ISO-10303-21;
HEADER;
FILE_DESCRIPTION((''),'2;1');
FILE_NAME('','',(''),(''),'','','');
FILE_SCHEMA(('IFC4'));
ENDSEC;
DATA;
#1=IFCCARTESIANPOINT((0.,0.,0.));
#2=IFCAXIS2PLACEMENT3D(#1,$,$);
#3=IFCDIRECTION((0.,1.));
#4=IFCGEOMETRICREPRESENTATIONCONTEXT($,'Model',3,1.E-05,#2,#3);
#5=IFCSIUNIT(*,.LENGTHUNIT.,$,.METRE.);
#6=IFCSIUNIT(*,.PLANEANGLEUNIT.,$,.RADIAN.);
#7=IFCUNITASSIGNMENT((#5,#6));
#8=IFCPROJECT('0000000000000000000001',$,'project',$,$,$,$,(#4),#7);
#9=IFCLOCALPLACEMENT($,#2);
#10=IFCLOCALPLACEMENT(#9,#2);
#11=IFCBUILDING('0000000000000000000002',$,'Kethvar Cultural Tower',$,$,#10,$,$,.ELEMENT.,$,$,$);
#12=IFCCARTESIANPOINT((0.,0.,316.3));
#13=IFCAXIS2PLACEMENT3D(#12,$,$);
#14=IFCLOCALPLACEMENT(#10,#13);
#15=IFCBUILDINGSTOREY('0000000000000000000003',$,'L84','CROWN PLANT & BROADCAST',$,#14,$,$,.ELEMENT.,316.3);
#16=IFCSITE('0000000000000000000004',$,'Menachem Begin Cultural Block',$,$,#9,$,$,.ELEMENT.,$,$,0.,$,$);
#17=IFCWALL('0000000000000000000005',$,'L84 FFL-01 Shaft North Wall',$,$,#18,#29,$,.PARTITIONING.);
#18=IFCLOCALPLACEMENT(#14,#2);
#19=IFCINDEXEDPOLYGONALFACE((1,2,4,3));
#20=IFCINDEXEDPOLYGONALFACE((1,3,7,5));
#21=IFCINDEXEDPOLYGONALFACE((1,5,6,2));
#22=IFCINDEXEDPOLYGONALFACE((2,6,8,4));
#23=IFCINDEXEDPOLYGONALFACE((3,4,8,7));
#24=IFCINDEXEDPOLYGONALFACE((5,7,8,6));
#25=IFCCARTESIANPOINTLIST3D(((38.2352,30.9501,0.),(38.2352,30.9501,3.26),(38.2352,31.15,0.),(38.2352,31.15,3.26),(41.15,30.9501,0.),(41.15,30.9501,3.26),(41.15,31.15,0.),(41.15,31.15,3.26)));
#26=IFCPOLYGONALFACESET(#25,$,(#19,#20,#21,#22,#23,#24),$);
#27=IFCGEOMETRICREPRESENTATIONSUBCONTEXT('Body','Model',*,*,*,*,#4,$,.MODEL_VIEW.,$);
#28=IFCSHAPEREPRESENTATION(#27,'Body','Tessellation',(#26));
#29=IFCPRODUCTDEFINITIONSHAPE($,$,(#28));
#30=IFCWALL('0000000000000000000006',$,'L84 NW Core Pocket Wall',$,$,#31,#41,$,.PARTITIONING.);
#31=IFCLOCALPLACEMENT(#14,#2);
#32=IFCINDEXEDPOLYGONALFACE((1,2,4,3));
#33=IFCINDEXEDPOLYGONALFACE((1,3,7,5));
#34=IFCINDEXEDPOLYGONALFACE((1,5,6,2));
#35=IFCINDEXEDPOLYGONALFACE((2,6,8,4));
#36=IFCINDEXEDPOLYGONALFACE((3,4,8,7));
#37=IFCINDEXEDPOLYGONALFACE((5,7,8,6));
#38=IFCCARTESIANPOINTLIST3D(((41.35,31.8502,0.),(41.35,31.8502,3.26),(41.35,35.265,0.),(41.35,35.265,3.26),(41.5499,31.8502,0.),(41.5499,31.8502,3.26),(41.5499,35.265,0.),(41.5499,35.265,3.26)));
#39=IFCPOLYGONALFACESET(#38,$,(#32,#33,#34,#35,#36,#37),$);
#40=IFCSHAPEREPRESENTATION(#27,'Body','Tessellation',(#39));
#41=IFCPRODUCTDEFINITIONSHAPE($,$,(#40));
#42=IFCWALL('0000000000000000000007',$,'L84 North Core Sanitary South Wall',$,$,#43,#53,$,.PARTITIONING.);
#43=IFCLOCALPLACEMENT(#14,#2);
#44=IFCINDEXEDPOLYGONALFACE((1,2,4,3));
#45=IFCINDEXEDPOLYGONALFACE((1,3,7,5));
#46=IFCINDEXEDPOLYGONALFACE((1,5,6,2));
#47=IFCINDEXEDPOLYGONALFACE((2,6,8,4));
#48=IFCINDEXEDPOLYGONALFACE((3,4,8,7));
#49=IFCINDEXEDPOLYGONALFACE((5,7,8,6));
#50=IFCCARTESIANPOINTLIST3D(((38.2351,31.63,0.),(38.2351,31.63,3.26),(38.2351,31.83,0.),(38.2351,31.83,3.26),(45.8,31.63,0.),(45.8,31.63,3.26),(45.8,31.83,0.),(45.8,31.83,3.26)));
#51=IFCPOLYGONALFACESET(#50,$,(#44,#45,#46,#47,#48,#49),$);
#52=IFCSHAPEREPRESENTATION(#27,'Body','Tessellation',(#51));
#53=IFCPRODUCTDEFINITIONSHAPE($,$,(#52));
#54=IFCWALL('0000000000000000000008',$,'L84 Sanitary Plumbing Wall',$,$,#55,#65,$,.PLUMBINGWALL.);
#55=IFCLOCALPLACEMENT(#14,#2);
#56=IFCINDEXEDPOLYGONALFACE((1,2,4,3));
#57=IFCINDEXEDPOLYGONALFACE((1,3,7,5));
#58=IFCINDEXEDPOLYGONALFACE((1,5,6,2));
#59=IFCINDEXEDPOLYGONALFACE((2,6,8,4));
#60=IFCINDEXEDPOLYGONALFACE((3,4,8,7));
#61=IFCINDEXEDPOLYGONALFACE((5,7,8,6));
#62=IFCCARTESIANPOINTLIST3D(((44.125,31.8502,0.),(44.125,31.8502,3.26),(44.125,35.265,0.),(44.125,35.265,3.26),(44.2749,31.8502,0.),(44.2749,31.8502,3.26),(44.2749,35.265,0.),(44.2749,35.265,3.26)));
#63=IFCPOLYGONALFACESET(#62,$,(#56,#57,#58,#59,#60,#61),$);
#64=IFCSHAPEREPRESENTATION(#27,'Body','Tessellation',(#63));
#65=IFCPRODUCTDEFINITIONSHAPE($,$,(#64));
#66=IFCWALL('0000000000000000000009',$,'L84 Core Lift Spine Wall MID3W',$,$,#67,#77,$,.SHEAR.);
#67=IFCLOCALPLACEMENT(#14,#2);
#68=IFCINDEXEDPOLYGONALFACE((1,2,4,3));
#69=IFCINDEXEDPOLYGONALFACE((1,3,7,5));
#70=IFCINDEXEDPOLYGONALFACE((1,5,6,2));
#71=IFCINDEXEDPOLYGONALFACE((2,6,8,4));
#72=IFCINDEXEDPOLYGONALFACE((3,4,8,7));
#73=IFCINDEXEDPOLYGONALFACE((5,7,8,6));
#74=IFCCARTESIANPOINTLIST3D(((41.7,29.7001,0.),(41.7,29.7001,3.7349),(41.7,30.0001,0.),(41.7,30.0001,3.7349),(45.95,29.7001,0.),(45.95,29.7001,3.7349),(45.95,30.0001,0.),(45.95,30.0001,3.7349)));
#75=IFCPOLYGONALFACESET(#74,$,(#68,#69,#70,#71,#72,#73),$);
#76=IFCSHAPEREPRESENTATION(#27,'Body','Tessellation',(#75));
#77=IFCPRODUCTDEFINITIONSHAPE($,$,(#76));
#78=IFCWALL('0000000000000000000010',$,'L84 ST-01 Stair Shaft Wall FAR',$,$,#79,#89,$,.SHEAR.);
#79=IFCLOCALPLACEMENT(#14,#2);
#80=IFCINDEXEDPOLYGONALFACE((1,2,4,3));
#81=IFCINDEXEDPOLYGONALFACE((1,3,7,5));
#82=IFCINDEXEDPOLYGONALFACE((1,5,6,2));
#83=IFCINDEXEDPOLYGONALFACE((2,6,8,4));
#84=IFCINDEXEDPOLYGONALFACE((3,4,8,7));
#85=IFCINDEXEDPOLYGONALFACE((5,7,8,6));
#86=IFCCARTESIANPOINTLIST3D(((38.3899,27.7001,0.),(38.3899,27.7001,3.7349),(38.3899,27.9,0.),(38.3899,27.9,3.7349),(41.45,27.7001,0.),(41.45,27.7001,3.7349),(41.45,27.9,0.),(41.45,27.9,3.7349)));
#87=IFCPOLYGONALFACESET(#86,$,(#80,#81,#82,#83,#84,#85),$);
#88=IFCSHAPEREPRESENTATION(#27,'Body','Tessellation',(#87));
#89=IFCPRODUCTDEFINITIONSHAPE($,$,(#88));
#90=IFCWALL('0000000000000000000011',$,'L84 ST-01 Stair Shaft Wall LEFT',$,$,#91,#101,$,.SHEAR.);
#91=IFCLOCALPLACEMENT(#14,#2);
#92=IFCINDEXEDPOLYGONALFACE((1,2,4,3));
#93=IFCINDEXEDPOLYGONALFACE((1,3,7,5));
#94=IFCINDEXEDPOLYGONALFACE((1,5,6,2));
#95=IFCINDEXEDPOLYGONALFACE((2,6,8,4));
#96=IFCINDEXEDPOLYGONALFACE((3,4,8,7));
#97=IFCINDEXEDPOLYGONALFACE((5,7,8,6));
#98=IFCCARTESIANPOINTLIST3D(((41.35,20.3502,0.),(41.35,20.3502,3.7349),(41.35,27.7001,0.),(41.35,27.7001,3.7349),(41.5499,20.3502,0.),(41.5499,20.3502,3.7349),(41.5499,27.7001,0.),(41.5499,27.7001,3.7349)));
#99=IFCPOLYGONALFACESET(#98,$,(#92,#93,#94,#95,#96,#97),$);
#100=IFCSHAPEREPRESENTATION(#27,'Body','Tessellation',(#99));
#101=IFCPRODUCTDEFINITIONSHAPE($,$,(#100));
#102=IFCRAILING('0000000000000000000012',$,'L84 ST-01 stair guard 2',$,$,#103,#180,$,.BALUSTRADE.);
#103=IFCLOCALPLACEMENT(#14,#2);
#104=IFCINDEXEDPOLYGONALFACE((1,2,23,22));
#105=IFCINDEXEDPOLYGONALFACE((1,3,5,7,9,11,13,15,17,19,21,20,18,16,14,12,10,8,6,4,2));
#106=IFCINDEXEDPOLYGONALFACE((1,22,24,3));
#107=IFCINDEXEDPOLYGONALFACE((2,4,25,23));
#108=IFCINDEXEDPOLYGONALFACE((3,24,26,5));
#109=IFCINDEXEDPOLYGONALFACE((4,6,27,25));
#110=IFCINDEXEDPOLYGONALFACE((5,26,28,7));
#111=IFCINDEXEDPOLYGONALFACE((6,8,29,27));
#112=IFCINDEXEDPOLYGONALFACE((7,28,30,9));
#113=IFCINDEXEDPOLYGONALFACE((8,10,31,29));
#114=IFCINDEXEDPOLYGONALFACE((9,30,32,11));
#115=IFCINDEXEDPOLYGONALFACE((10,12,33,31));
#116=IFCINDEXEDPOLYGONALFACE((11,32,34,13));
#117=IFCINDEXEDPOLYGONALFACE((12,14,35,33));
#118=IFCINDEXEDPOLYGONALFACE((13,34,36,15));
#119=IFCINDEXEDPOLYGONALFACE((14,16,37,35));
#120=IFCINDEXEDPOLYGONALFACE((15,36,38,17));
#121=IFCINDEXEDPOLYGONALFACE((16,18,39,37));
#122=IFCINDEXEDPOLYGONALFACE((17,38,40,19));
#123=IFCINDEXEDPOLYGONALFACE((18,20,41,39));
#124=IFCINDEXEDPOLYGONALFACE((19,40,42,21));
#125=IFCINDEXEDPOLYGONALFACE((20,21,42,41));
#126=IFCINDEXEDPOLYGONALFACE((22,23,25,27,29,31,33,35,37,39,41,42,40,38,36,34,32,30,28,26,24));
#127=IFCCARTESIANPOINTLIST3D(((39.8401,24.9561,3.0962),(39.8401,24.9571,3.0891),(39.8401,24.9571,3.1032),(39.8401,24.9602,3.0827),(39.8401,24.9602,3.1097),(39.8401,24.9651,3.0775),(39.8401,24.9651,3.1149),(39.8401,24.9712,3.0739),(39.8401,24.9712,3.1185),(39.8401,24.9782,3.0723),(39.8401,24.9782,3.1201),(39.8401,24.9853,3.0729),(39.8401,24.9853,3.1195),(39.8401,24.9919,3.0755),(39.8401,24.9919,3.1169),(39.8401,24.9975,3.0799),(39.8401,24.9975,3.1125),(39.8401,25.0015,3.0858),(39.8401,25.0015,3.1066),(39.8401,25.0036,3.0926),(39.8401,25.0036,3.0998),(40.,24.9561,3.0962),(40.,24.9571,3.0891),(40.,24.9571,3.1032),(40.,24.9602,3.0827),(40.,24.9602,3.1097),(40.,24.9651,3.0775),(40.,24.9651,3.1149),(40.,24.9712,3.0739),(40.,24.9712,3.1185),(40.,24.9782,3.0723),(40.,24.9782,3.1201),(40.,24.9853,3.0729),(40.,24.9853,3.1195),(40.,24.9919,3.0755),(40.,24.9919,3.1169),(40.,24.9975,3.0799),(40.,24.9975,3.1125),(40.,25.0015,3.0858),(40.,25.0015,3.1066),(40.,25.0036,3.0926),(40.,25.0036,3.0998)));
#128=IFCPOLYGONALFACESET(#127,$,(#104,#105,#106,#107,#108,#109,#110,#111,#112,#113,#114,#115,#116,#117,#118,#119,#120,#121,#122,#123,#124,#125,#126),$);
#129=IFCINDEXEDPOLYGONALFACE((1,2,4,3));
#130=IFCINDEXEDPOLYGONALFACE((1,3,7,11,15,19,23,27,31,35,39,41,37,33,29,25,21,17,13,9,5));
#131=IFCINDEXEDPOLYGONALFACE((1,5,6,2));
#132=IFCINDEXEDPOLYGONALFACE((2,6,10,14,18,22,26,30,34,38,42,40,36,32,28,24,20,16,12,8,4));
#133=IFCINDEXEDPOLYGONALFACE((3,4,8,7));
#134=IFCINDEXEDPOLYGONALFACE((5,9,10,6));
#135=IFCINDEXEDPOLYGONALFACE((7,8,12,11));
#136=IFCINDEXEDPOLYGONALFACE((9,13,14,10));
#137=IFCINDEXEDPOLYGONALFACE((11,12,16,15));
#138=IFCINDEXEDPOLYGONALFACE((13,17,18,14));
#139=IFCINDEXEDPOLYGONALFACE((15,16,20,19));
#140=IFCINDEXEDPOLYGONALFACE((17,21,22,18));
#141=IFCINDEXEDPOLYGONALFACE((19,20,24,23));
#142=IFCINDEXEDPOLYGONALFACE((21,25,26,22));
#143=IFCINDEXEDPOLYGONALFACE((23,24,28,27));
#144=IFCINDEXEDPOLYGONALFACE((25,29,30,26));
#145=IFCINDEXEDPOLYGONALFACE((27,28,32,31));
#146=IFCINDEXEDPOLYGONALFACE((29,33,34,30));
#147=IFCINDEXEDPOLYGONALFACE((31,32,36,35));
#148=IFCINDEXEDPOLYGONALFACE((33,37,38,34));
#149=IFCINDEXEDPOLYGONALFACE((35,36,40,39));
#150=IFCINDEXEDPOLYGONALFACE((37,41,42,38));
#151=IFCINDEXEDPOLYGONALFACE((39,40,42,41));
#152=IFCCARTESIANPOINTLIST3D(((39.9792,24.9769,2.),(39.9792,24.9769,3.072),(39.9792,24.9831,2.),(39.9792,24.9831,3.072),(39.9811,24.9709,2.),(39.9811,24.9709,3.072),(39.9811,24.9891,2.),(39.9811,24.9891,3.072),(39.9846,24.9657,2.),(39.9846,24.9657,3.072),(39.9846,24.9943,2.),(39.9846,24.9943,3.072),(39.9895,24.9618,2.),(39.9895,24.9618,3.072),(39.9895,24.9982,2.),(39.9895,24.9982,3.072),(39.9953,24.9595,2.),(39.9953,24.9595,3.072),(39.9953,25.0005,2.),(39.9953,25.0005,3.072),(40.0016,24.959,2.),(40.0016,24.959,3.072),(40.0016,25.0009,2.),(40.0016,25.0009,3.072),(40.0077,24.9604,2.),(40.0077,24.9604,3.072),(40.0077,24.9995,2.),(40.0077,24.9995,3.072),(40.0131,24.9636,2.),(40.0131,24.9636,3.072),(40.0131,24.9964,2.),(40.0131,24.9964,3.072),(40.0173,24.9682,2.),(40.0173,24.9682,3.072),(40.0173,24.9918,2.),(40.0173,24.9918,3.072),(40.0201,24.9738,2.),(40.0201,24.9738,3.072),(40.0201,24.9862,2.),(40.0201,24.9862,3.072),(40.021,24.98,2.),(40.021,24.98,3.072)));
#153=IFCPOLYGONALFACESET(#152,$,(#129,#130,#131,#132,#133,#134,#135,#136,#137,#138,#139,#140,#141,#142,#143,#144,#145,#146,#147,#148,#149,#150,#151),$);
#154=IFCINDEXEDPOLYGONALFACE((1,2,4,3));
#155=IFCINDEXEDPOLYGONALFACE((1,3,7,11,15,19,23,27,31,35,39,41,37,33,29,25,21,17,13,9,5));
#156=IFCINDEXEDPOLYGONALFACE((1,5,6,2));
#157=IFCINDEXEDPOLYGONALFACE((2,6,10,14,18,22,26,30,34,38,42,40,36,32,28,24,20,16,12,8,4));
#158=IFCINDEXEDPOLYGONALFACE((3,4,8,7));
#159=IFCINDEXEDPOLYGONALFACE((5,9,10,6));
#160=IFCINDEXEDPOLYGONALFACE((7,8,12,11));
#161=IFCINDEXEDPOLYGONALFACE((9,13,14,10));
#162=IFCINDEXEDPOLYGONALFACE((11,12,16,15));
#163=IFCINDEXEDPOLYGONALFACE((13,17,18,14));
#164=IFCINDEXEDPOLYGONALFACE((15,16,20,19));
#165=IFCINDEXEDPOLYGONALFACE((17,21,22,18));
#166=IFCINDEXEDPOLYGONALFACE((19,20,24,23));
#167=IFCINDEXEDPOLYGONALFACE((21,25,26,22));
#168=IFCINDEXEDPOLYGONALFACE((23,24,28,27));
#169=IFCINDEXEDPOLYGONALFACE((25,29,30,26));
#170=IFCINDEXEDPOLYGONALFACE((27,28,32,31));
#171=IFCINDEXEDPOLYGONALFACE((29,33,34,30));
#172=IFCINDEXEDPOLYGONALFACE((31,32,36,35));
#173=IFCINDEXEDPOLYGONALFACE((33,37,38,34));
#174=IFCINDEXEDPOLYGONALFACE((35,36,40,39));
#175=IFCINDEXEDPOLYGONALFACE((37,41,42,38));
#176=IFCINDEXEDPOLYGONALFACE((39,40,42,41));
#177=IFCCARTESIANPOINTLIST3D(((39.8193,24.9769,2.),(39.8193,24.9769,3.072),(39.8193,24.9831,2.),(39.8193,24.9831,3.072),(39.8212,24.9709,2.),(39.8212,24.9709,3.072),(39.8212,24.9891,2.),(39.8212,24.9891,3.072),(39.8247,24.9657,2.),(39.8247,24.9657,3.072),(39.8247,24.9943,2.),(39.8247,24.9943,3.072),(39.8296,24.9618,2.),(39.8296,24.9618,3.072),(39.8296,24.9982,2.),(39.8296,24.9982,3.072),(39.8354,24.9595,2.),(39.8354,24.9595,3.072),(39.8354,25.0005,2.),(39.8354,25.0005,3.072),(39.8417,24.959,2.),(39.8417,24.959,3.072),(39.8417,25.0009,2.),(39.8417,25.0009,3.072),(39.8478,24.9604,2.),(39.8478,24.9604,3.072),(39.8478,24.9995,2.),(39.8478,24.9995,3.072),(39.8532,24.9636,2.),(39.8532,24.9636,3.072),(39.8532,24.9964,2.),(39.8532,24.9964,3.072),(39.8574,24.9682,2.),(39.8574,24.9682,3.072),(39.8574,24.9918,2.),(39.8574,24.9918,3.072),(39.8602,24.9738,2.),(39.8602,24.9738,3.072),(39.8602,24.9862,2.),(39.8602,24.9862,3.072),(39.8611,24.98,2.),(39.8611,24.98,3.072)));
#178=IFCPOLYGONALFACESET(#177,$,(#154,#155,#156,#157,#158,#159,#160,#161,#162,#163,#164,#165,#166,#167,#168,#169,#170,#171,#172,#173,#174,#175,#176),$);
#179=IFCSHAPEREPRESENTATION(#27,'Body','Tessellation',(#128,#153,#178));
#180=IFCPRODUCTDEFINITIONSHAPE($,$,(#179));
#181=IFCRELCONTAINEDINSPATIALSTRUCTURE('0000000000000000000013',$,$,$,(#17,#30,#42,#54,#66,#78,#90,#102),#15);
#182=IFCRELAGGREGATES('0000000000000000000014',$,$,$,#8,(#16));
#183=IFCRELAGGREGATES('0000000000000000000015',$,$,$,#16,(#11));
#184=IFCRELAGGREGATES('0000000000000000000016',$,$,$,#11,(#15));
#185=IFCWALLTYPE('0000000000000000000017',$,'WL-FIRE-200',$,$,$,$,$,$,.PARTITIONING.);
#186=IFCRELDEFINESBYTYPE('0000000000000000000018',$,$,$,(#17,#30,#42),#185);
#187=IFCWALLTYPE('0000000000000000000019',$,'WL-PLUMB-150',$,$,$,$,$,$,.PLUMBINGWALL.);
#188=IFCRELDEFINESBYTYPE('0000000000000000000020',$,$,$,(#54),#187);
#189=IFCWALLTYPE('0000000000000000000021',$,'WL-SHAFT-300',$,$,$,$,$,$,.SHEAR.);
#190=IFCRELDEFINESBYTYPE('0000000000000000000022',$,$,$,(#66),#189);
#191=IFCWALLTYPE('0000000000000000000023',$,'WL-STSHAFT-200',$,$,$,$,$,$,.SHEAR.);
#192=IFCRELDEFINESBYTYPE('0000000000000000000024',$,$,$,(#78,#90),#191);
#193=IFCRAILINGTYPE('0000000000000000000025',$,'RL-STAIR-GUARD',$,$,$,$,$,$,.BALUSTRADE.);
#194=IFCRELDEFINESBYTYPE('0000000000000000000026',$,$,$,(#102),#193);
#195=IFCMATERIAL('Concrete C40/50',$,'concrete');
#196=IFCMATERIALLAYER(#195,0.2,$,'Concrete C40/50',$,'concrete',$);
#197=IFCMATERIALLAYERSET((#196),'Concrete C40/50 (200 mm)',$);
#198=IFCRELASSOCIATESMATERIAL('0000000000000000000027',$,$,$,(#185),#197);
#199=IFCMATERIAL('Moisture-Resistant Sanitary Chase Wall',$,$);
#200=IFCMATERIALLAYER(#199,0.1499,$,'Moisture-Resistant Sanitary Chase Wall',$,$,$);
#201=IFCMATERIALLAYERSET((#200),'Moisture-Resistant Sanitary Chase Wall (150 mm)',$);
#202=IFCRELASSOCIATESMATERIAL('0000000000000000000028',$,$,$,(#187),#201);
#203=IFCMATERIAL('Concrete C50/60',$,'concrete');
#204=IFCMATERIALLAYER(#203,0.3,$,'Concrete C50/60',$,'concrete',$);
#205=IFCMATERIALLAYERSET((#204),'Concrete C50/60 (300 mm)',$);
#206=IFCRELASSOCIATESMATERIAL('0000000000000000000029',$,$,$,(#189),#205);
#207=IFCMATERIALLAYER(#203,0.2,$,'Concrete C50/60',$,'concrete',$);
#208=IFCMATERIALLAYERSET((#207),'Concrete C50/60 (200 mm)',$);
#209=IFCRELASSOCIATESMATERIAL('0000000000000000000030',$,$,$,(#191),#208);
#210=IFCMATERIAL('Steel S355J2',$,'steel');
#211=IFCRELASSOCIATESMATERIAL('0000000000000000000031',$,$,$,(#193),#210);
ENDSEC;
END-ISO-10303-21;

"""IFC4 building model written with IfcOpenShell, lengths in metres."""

from ifc_helpers import new_model, si_unit, direction, frame, frame_2d, origin, origin_2d, place, context, subcontext, project, spatial, rectangle, circle, extrude, material, layer, layer_set, type_object, element, save


model = new_model("IFC4")

# Units and contexts
model_context = context("Model", 3, precision=1e-05, world=origin(), true_north=direction((0.0, 1.0)))
body_context = subcontext(model_context, "Body", "Model", "MODEL_VIEW")
ifc_project = project(units=[si_unit("LENGTHUNIT", "METRE"), si_unit("PLANEANGLEUNIT", "RADIAN")], contexts=[model_context])

# Site, building, storey
site_placement = place(None, origin())
site = spatial("IfcSite", under=ifc_project, at=site_placement, Name="Menachem Begin Cultural Block", CompositionType="ELEMENT", RefElevation=0.0)
building_placement = place(site_placement, origin())
building = spatial("IfcBuilding", under=site, at=building_placement, Name="Kethvar Cultural Tower", CompositionType="ELEMENT")
storey_placement = place(building_placement, frame((0.0, 0.0, 316.3)))
storey = spatial("IfcBuildingStorey", under=building, at=storey_placement, Name="L84", Description="CROWN PLANT & BROADCAST", CompositionType="ELEMENT", Elevation=316.3)

# Shared definitions
ifc_material_1 = material(Name="Steel S355J2", Category="steel")

# Shared definitions
ifc_material_2 = material(Name="Concrete C50/60", Category="concrete")

# Walls
ifc_material_3 = material(Name="Concrete C40/50", Category="concrete")
ifc_layer_1 = layer(ifc_material_3, 0.2, Name="Concrete C40/50", Category="concrete")
ifc_layer_set_1 = layer_set([ifc_layer_1], Name="Concrete C40/50 (200 mm)")
wall_type_1 = type_object("IfcWallType", Name="WL-FIRE-200", PredefinedType="PARTITIONING", material=ifc_layer_set_1)
for number, where, z_axis, x_axis, name in (
    (1, (38.2351, 31.05, 0.0), (0.0, 0.0, 1.0), (1.0, 0.0, 0.0), "L84 FFL-01 Shaft North Wall"),
):
    element("IfcWall", number, at=place(storey_placement, frame(where, z_axis=z_axis, x_axis=x_axis)), inside=storey, type_object=wall_type_1, Name=name, PredefinedType="PARTITIONING", context=body_context, shape_type="SweptSolid", body=[
        extrude(rectangle(XDim=2.9148, YDim=0.2, at=frame_2d((1.4575, 0.0))), origin(), (0.0, 0.0, 1.0), 3.26),
    ])
wall_1_placement = place(storey_placement, frame((41.45, 31.8501, 0.0), z_axis=(0.0, 0.0, 1.0), x_axis=(0.0, 1.0, 0.0)))
element("IfcWall", 2, at=wall_1_placement, inside=storey, type_object=wall_type_1, Name="L84 NW Core Pocket Wall", PredefinedType="PARTITIONING", context=body_context, shape_type="SweptSolid", body=[
    extrude(rectangle(XDim=3.4148, YDim=0.2, at=frame_2d((1.7075, 0.0))), origin(), (0.0, 0.0, 1.0), 3.26),
])
wall_2_placement = place(storey_placement, frame((38.2351, 31.73, 0.0), z_axis=(0.0, 0.0, 1.0), x_axis=(1.0, 0.0, 0.0)))
element("IfcWall", 3, at=wall_2_placement, inside=storey, type_object=wall_type_1, Name="L84 North Core Sanitary South Wall", PredefinedType="PARTITIONING", context=body_context, shape_type="SweptSolid", body=[
    extrude(rectangle(XDim=7.5649, YDim=0.2, at=frame_2d((3.7825, 0.0))), origin(), (0.0, 0.0, 1.0), 3.26),
])
ifc_material_4 = material(Name="Moisture-Resistant Sanitary Chase Wall")
ifc_layer_2 = layer(ifc_material_4, 0.1499, Name="Moisture-Resistant Sanitary Chase Wall")
ifc_layer_set_2 = layer_set([ifc_layer_2], Name="Moisture-Resistant Sanitary Chase Wall (150 mm)")
wall_type_2 = type_object("IfcWallType", Name="WL-PLUMB-150", PredefinedType="PLUMBINGWALL", material=ifc_layer_set_2)
wall_3_placement = place(storey_placement, frame((44.2, 31.8501, 0.0), z_axis=(0.0, 0.0, 1.0), x_axis=(0.0, 1.0, 0.0)))
element("IfcWall", 4, at=wall_3_placement, inside=storey, type_object=wall_type_2, Name="L84 Sanitary Plumbing Wall", PredefinedType="PLUMBINGWALL", context=body_context, shape_type="SweptSolid", body=[
    extrude(rectangle(XDim=3.4148, YDim=0.1499, at=frame_2d((1.7075, 0.0))), origin(), (0.0, 0.0, 1.0), 3.26),
])
ifc_layer_3 = layer(ifc_material_2, 0.3, Name="Concrete C50/60", Category="concrete")
ifc_layer_set_3 = layer_set([ifc_layer_3], Name="Concrete C50/60 (300 mm)")
wall_type_3 = type_object("IfcWallType", Name="WL-SHAFT-300", PredefinedType="SHEAR", material=ifc_layer_set_3)
wall_4_placement = place(storey_placement, frame((41.7, 29.8501, 0.0), z_axis=(0.0, 0.0, 1.0), x_axis=(1.0, 0.0, 0.0)))
element("IfcWall", 5, at=wall_4_placement, inside=storey, type_object=wall_type_3, Name="L84 Core Lift Spine Wall MID3W", PredefinedType="SHEAR", context=body_context, shape_type="SweptSolid", body=[
    extrude(rectangle(XDim=4.25, YDim=0.3, at=frame_2d((2.125, 0.0))), origin(), (0.0, 0.0, 1.0), 3.7349),
])
ifc_layer_4 = layer(ifc_material_2, 0.2, Name="Concrete C50/60", Category="concrete")
ifc_layer_set_4 = layer_set([ifc_layer_4], Name="Concrete C50/60 (200 mm)")
wall_type_4 = type_object("IfcWallType", Name="WL-STSHAFT-200", PredefinedType="SHEAR", material=ifc_layer_set_4)
wall_5_placement = place(storey_placement, frame((38.3899, 27.8, 0.0), z_axis=(0.0, 0.0, 1.0), x_axis=(1.0, 0.0, 0.0)))
element("IfcWall", 6, at=wall_5_placement, inside=storey, type_object=wall_type_4, Name="L84 ST-01 Stair Shaft Wall FAR", PredefinedType="SHEAR", context=body_context, shape_type="SweptSolid", body=[
    extrude(rectangle(XDim=3.0601, YDim=0.2, at=frame_2d((1.53, 0.0))), origin(), (0.0, 0.0, 1.0), 3.7349),
])
wall_6_placement = place(storey_placement, frame((41.45, 27.7, 0.0), z_axis=(0.0, 0.0, 1.0), x_axis=(0.0, -1.0, 0.0)))
element("IfcWall", 7, at=wall_6_placement, inside=storey, type_object=wall_type_4, Name="L84 ST-01 Stair Shaft Wall LEFT", PredefinedType="SHEAR", context=body_context, shape_type="SweptSolid", body=[
    extrude(rectangle(XDim=7.3499, YDim=0.2, at=frame_2d((3.6748, 0.0))), origin(), (0.0, 0.0, 1.0), 3.7349),
])

# Railing
railing_type = type_object("IfcRailingType", Name="RL-STAIR-GUARD", PredefinedType="BALUSTRADE", material=ifc_material_1)
railing_placement = place(storey_placement, frame((40.0, 24.98, 2.0)))
element("IfcRailing", 8, at=railing_placement, inside=storey, type_object=railing_type, Name="L84 ST-01 stair guard 2", PredefinedType="BALUSTRADE", context=body_context, shape_type="SweptSolid", body=[
    extrude(circle(Radius=0.0239, at=origin_2d()), frame((0.0, 0.0, 1.0962), z_axis=(-1.0, 0.0, 0.0), x_axis=(0.0, -1.0, 0.0)), (0.0, 0.0, 1.0), 0.1599),
    extrude(circle(Radius=0.021, at=origin_2d()), origin(), (0.0, 0.0, 1.0), 1.072),
    extrude(circle(Radius=0.021, at=origin_2d()), frame((-0.1599, 0.0, 0.0)), (0.0, 0.0, 1.0), 1.072),
])

save(model, "model.ifc")
